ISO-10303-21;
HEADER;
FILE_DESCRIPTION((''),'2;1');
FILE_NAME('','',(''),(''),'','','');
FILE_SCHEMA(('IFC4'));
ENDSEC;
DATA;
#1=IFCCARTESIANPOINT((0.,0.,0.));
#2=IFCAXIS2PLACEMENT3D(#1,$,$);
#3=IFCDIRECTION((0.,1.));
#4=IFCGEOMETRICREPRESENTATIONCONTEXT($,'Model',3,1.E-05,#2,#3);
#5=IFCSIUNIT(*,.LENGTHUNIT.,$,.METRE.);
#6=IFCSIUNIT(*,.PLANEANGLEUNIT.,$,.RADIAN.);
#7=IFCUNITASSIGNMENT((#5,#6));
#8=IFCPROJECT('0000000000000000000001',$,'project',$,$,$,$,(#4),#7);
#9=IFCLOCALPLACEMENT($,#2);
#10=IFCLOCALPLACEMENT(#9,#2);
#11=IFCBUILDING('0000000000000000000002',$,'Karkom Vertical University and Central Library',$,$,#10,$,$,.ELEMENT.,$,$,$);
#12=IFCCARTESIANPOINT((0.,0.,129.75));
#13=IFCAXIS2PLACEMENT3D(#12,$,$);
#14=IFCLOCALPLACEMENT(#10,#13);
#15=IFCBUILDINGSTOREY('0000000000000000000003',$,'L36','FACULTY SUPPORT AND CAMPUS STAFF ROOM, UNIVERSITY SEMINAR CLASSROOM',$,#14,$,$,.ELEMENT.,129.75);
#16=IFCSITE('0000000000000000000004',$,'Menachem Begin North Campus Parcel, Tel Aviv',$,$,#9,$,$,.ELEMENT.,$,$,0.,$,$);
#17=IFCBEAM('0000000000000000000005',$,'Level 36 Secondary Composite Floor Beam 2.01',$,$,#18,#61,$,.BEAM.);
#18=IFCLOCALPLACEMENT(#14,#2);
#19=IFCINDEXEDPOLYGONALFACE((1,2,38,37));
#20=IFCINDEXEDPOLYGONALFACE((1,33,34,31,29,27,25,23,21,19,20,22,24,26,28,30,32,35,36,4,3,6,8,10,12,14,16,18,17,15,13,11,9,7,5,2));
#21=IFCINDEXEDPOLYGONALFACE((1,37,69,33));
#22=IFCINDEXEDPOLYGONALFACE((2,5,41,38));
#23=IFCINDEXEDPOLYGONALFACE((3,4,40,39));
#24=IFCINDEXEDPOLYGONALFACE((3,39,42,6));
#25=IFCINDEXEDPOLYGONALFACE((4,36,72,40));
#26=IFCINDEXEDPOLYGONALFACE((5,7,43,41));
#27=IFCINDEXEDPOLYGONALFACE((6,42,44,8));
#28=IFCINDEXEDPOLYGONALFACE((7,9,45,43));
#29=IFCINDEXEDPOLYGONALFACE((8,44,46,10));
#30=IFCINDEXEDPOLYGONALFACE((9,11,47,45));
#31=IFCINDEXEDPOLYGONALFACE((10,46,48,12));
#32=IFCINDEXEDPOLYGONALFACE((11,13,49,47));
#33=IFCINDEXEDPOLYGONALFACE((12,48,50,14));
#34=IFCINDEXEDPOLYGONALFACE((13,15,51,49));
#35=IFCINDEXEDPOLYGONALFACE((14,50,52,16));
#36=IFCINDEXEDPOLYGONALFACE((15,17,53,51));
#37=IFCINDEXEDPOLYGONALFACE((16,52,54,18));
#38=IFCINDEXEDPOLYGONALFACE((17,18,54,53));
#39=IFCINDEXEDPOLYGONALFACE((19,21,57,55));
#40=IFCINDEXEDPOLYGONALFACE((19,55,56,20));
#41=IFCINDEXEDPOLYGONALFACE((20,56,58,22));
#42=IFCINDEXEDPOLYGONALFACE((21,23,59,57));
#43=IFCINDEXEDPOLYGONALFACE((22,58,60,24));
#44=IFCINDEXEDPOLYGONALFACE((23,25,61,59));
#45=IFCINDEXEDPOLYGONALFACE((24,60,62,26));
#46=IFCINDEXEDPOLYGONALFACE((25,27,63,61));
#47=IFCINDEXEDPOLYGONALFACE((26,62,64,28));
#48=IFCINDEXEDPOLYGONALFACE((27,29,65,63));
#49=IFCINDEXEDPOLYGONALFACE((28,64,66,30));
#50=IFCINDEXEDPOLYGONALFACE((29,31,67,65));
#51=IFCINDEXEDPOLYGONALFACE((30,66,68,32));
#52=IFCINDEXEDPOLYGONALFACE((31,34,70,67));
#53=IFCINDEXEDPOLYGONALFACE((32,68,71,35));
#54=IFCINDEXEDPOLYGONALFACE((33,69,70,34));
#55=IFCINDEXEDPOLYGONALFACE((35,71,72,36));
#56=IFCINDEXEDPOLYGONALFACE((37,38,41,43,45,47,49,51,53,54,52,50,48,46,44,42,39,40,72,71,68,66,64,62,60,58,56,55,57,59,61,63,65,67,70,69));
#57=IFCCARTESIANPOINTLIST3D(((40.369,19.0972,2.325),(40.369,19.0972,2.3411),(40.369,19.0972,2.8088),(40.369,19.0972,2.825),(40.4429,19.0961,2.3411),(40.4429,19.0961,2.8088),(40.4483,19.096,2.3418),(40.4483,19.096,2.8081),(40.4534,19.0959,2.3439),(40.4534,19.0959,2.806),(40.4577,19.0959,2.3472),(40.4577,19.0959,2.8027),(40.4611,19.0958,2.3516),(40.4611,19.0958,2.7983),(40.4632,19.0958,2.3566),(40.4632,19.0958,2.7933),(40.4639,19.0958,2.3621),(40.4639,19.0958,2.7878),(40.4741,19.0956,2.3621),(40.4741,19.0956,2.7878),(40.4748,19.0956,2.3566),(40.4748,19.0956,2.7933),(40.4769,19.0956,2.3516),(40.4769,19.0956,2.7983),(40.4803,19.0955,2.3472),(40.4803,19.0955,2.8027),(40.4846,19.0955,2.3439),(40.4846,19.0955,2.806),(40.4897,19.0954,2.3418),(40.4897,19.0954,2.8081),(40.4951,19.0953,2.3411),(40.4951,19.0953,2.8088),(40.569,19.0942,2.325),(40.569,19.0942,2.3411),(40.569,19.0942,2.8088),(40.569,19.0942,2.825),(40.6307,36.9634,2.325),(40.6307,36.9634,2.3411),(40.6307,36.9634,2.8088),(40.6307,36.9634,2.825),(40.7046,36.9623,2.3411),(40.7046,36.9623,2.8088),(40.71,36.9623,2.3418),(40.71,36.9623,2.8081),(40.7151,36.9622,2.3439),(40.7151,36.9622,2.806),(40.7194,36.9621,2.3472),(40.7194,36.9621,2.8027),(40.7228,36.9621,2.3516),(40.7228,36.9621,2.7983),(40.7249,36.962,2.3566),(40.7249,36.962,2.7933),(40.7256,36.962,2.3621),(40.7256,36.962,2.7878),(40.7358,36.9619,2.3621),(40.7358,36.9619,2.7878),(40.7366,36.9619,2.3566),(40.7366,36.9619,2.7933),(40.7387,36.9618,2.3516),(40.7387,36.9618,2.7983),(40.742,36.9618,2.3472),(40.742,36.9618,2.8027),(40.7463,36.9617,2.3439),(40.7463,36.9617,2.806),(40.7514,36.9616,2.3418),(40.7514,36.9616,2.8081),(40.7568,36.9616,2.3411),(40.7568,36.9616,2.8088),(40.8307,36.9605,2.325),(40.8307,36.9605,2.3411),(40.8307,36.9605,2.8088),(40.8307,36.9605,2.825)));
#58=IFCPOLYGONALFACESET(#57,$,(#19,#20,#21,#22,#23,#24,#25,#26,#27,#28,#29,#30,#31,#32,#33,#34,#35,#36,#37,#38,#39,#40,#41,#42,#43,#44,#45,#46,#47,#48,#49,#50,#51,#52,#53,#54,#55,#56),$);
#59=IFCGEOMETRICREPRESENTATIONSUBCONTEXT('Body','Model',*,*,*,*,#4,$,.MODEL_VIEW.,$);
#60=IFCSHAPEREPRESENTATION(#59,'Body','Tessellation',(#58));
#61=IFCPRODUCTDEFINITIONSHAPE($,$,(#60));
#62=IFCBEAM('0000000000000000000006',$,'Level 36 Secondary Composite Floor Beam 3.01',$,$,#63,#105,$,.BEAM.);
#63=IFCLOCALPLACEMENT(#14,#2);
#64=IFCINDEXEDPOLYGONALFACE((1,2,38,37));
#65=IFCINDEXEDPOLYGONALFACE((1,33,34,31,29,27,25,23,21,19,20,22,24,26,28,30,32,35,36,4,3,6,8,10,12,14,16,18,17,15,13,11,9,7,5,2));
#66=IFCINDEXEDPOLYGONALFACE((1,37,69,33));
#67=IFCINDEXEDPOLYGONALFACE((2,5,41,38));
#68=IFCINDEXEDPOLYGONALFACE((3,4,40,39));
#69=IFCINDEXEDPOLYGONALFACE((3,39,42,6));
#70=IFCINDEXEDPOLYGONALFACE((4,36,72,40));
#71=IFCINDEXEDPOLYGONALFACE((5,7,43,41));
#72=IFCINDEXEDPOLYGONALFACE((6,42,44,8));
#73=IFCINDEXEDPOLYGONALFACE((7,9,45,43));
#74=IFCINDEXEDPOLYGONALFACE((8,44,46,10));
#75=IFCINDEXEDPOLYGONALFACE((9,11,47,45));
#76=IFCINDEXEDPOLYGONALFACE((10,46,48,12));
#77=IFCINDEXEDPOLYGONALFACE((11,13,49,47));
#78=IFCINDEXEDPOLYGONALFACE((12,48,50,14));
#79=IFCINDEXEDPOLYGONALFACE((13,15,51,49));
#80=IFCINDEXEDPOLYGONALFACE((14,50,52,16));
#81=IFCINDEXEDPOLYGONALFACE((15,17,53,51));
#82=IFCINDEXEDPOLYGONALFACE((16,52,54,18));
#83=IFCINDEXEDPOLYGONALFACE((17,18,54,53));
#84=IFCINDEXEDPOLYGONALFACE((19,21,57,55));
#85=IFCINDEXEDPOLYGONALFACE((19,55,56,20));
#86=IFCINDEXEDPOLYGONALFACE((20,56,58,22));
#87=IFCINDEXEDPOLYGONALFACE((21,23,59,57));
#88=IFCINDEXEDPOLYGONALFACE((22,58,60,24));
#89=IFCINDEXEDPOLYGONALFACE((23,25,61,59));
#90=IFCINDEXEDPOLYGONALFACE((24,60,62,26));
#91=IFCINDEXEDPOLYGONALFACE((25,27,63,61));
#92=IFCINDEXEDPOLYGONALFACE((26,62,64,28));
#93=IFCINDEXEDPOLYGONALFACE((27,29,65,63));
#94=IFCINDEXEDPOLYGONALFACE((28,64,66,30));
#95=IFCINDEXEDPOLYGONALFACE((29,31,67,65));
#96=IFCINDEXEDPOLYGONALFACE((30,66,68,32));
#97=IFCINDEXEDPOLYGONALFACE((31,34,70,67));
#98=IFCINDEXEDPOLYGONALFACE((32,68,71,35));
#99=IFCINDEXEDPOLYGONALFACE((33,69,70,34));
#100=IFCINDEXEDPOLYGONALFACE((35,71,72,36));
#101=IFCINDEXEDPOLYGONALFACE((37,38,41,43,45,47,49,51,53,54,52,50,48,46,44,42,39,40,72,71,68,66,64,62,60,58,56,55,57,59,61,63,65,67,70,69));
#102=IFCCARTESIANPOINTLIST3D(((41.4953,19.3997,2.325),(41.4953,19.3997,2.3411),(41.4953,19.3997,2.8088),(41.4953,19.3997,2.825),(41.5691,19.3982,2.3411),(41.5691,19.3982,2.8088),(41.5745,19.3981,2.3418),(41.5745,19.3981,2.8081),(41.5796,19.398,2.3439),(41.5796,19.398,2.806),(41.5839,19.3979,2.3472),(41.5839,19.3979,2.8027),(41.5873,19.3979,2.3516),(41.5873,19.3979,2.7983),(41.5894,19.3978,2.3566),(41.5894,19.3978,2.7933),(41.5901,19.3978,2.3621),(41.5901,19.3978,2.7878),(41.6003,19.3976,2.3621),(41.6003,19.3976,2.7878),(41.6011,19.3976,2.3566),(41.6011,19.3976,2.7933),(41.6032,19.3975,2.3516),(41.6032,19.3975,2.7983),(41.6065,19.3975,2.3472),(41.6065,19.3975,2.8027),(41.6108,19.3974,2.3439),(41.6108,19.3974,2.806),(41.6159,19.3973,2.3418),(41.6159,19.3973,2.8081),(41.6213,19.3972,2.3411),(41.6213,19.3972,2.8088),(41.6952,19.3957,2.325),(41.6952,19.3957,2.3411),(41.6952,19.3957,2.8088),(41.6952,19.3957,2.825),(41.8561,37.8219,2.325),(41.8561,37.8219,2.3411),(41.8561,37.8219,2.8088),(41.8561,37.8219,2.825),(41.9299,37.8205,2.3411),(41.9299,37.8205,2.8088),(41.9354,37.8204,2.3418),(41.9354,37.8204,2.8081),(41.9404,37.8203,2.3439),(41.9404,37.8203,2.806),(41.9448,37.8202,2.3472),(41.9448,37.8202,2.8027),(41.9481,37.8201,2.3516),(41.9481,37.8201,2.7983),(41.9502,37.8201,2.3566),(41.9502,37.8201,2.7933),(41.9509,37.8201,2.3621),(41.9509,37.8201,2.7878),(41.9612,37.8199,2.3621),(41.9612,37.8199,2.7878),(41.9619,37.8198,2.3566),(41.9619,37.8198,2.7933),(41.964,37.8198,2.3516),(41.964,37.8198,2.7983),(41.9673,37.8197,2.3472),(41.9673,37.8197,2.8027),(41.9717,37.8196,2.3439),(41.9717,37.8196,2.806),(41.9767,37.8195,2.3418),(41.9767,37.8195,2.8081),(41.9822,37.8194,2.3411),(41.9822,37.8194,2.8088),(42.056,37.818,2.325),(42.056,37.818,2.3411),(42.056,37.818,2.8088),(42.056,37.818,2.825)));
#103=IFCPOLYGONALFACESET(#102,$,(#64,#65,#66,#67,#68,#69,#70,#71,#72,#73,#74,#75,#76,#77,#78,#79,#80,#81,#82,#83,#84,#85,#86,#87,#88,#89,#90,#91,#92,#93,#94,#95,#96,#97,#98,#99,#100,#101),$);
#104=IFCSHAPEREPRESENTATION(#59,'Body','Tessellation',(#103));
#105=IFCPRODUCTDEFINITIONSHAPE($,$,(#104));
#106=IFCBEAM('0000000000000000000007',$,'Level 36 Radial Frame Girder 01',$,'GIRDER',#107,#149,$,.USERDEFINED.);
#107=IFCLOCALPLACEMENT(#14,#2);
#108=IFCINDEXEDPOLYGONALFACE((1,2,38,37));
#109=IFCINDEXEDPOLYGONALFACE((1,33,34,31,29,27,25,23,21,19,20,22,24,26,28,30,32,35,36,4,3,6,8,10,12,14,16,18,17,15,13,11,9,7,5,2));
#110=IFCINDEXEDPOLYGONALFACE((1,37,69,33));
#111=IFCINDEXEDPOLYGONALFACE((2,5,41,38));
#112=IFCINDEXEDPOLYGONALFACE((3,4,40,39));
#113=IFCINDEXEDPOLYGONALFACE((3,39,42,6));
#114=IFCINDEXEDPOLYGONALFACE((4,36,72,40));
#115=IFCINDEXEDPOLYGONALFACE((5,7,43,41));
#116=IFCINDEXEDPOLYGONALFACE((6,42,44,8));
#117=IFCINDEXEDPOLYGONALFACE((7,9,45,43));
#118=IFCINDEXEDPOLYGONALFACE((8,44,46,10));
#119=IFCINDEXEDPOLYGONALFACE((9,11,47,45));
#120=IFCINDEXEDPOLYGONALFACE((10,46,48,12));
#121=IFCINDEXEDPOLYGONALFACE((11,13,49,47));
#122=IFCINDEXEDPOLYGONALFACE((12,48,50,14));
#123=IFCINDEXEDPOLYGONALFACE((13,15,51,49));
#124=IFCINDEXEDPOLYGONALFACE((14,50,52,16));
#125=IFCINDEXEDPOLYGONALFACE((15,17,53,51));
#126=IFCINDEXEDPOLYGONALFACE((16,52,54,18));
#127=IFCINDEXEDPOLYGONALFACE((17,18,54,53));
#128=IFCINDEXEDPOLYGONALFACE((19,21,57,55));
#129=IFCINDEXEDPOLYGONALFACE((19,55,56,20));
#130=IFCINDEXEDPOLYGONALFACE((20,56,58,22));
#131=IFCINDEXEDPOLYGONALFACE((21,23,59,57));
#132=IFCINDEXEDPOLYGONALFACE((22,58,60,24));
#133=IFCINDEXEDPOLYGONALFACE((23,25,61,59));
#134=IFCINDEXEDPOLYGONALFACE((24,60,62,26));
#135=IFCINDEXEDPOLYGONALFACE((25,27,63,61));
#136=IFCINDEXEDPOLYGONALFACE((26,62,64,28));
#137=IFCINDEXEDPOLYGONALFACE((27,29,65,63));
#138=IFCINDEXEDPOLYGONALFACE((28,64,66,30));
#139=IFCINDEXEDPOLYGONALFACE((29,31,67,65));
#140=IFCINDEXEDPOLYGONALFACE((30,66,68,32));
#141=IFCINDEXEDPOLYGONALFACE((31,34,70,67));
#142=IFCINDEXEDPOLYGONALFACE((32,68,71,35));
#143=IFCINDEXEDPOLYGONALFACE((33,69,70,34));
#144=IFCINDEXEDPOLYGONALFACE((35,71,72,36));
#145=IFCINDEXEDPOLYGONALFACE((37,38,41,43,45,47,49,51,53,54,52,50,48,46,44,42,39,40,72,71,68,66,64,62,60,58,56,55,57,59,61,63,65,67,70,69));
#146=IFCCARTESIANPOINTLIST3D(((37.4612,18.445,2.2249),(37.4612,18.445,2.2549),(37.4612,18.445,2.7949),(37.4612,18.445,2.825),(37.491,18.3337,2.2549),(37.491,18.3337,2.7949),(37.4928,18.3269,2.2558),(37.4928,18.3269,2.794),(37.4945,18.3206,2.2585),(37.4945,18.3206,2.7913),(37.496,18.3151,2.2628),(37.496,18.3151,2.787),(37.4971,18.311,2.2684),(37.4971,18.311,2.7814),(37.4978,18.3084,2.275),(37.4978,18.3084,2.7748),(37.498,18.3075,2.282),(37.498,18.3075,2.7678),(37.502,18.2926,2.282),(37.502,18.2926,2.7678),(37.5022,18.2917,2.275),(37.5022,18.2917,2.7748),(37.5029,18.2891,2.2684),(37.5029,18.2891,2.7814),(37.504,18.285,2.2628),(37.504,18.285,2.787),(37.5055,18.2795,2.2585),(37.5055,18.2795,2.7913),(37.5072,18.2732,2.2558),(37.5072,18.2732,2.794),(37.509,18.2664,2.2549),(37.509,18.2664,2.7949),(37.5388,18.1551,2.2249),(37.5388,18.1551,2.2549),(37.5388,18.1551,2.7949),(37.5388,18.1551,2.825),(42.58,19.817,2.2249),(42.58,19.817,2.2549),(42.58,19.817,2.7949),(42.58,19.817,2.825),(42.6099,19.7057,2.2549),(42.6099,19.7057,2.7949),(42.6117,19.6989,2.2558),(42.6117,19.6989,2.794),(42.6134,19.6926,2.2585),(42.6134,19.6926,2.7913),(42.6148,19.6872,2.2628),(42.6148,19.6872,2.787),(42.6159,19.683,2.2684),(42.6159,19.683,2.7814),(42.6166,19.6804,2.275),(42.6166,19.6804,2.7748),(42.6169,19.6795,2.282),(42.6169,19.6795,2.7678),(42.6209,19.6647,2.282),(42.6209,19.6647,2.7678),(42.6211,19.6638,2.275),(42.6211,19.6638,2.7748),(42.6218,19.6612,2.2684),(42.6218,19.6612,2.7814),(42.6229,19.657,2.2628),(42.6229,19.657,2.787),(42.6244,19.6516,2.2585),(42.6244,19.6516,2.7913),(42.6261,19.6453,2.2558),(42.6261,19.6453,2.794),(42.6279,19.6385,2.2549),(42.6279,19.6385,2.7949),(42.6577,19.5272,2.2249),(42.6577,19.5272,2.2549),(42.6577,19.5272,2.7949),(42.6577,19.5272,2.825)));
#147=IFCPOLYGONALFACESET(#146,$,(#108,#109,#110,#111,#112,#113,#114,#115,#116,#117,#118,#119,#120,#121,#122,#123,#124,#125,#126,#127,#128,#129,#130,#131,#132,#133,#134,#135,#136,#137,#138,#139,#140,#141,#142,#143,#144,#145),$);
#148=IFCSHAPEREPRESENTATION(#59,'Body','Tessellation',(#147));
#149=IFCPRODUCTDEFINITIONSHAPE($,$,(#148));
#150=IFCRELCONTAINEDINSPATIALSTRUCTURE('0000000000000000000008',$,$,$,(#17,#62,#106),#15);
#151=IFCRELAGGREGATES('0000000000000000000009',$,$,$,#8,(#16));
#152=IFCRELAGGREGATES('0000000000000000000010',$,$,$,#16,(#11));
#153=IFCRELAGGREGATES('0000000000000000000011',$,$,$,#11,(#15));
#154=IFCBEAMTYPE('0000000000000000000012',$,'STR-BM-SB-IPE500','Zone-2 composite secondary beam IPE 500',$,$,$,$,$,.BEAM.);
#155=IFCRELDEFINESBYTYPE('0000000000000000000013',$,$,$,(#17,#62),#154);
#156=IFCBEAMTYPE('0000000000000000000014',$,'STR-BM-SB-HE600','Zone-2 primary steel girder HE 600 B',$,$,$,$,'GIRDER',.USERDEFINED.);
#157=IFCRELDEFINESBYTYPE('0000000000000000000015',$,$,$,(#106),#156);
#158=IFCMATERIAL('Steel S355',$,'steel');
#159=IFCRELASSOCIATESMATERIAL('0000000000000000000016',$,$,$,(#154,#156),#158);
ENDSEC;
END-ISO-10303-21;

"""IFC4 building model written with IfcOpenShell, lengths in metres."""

from ifc_helpers import new_model, si_unit, direction, frame, origin, origin_with_axes, origin_2d, place, context, subcontext, project, spatial, i_section, extrude, source, transform, mapped, material, material_profile, profile_set, type_object, element, save


model = new_model("IFC4")

# Units and contexts
model_context = context("Model", 3, precision=1e-05, world=origin(), true_north=direction((0.0, 1.0)))
body_context = subcontext(model_context, "Body", "Model", "MODEL_VIEW")
ifc_project = project(units=[si_unit("LENGTHUNIT", "METRE"), si_unit("PLANEANGLEUNIT", "RADIAN")], contexts=[model_context])

# Site, building, storey
site_placement = place(None, origin())
site = spatial("IfcSite", under=ifc_project, at=site_placement, Name="Menachem Begin North Campus Parcel, Tel Aviv", CompositionType="ELEMENT", RefElevation=0.0)
building_placement = place(site_placement, origin())
building = spatial("IfcBuilding", under=site, at=building_placement, Name="Karkom Vertical University and Central Library", CompositionType="ELEMENT")
storey_placement = place(building_placement, frame((0.0, 0.0, 129.75)))
storey = spatial("IfcBuildingStorey", under=building, at=storey_placement, Name="L36", Description="FACULTY SUPPORT AND CAMPUS STAFF ROOM, UNIVERSITY SEMINAR CLASSROOM", CompositionType="ELEMENT", Elevation=129.75)

# Beams
ifc_material_1 = material(Name="Steel S355", Category="steel")
ifc_material_profile_1 = material_profile(ifc_material_1, i_section(OverallWidth=0.2, OverallDepth=0.5, WebThickness=0.0103, FlangeThickness=0.0161, FilletRadius=0.021, at=origin_2d()), Name="IPE 500")
ifc_profile_set_1 = profile_set([ifc_material_profile_1], Name="Steel S355")
beam_type_1 = type_object("IfcBeamType", Name="STR-BM-SB-IPE500", Description="Zone-2 composite secondary beam IPE 500", PredefinedType="BEAM", material=ifc_profile_set_1)
shared_shape_1 = source(origin_with_axes(), body_context, "Body", "SweptSolid", [
    extrude(i_section(OverallWidth=0.2, OverallDepth=0.5, WebThickness=0.0103, FlangeThickness=0.0161, FilletRadius=0.021, at=origin_2d()), origin(), (0.0, 0.0, 1.0), 17.8682),
])
beam_1_placement = place(storey_placement, frame((40.469, 19.0957, 2.575), z_axis=(0.014647, 0.999893, 0.0), x_axis=(-0.999893, 0.014647, 0.0)))
element("IfcBeam", 1, at=beam_1_placement, inside=storey, type_object=beam_type_1, Name="Level 36 Secondary Composite Floor Beam 2.01", PredefinedType="BEAM", context=body_context, shape_type="MappedRepresentation", body=[
    mapped(shared_shape_1, transform((0.0, 0.0, 0.0), scale=1.0)),
])
shared_shape_2 = source(origin_with_axes(), body_context, "Body", "SweptSolid", [
    extrude(i_section(OverallWidth=0.2, OverallDepth=0.5, WebThickness=0.0103, FlangeThickness=0.0161, FilletRadius=0.021, at=origin_2d()), origin(), (0.0, 0.0, 1.0), 18.4258),
])
beam_2_placement = place(storey_placement, frame((41.5952, 19.3977, 2.575), z_axis=(0.019583, 0.999808, 0.0), x_axis=(-0.999808, 0.019583, 0.0)))
element("IfcBeam", 2, at=beam_2_placement, inside=storey, type_object=beam_type_1, Name="Level 36 Secondary Composite Floor Beam 3.01", PredefinedType="BEAM", context=body_context, shape_type="MappedRepresentation", body=[
    mapped(shared_shape_2, transform((0.0, 0.0, 0.0), scale=1.0)),
])
ifc_material_profile_2 = material_profile(ifc_material_1, i_section(OverallWidth=0.3, OverallDepth=0.6001, WebThickness=0.0154, FlangeThickness=0.03, FilletRadius=0.0271, at=origin_2d()), Name="HE 600 B")
ifc_profile_set_2 = profile_set([ifc_material_profile_2], Name="Steel S355")
beam_type_2 = type_object("IfcBeamType", Name="STR-BM-SB-HE600", Description="Zone-2 primary steel girder HE 600 B", ElementType="GIRDER", PredefinedType="USERDEFINED", material=ifc_profile_set_2)
shared_shape_3 = source(origin_with_axes(), body_context, "Body", "SweptSolid", [
    extrude(i_section(OverallWidth=0.3, OverallDepth=0.6001, WebThickness=0.0154, FlangeThickness=0.03, FilletRadius=0.0271, at=origin_2d()), origin(), (0.0, 0.0, 1.0), 5.2996),
])
beam_3_placement = place(storey_placement, frame((37.5, 18.3, 2.5249), z_axis=(0.965904, 0.258901, 0.0), x_axis=(-0.258901, 0.965904, 0.0)))
element("IfcBeam", 3, at=beam_3_placement, inside=storey, type_object=beam_type_2, Name="Level 36 Radial Frame Girder 01", ObjectType="GIRDER", PredefinedType="USERDEFINED", context=body_context, shape_type="MappedRepresentation", body=[
    mapped(shared_shape_3, transform((0.0, 0.0, 0.0), scale=1.0)),
])

save(model, "model.ifc")
